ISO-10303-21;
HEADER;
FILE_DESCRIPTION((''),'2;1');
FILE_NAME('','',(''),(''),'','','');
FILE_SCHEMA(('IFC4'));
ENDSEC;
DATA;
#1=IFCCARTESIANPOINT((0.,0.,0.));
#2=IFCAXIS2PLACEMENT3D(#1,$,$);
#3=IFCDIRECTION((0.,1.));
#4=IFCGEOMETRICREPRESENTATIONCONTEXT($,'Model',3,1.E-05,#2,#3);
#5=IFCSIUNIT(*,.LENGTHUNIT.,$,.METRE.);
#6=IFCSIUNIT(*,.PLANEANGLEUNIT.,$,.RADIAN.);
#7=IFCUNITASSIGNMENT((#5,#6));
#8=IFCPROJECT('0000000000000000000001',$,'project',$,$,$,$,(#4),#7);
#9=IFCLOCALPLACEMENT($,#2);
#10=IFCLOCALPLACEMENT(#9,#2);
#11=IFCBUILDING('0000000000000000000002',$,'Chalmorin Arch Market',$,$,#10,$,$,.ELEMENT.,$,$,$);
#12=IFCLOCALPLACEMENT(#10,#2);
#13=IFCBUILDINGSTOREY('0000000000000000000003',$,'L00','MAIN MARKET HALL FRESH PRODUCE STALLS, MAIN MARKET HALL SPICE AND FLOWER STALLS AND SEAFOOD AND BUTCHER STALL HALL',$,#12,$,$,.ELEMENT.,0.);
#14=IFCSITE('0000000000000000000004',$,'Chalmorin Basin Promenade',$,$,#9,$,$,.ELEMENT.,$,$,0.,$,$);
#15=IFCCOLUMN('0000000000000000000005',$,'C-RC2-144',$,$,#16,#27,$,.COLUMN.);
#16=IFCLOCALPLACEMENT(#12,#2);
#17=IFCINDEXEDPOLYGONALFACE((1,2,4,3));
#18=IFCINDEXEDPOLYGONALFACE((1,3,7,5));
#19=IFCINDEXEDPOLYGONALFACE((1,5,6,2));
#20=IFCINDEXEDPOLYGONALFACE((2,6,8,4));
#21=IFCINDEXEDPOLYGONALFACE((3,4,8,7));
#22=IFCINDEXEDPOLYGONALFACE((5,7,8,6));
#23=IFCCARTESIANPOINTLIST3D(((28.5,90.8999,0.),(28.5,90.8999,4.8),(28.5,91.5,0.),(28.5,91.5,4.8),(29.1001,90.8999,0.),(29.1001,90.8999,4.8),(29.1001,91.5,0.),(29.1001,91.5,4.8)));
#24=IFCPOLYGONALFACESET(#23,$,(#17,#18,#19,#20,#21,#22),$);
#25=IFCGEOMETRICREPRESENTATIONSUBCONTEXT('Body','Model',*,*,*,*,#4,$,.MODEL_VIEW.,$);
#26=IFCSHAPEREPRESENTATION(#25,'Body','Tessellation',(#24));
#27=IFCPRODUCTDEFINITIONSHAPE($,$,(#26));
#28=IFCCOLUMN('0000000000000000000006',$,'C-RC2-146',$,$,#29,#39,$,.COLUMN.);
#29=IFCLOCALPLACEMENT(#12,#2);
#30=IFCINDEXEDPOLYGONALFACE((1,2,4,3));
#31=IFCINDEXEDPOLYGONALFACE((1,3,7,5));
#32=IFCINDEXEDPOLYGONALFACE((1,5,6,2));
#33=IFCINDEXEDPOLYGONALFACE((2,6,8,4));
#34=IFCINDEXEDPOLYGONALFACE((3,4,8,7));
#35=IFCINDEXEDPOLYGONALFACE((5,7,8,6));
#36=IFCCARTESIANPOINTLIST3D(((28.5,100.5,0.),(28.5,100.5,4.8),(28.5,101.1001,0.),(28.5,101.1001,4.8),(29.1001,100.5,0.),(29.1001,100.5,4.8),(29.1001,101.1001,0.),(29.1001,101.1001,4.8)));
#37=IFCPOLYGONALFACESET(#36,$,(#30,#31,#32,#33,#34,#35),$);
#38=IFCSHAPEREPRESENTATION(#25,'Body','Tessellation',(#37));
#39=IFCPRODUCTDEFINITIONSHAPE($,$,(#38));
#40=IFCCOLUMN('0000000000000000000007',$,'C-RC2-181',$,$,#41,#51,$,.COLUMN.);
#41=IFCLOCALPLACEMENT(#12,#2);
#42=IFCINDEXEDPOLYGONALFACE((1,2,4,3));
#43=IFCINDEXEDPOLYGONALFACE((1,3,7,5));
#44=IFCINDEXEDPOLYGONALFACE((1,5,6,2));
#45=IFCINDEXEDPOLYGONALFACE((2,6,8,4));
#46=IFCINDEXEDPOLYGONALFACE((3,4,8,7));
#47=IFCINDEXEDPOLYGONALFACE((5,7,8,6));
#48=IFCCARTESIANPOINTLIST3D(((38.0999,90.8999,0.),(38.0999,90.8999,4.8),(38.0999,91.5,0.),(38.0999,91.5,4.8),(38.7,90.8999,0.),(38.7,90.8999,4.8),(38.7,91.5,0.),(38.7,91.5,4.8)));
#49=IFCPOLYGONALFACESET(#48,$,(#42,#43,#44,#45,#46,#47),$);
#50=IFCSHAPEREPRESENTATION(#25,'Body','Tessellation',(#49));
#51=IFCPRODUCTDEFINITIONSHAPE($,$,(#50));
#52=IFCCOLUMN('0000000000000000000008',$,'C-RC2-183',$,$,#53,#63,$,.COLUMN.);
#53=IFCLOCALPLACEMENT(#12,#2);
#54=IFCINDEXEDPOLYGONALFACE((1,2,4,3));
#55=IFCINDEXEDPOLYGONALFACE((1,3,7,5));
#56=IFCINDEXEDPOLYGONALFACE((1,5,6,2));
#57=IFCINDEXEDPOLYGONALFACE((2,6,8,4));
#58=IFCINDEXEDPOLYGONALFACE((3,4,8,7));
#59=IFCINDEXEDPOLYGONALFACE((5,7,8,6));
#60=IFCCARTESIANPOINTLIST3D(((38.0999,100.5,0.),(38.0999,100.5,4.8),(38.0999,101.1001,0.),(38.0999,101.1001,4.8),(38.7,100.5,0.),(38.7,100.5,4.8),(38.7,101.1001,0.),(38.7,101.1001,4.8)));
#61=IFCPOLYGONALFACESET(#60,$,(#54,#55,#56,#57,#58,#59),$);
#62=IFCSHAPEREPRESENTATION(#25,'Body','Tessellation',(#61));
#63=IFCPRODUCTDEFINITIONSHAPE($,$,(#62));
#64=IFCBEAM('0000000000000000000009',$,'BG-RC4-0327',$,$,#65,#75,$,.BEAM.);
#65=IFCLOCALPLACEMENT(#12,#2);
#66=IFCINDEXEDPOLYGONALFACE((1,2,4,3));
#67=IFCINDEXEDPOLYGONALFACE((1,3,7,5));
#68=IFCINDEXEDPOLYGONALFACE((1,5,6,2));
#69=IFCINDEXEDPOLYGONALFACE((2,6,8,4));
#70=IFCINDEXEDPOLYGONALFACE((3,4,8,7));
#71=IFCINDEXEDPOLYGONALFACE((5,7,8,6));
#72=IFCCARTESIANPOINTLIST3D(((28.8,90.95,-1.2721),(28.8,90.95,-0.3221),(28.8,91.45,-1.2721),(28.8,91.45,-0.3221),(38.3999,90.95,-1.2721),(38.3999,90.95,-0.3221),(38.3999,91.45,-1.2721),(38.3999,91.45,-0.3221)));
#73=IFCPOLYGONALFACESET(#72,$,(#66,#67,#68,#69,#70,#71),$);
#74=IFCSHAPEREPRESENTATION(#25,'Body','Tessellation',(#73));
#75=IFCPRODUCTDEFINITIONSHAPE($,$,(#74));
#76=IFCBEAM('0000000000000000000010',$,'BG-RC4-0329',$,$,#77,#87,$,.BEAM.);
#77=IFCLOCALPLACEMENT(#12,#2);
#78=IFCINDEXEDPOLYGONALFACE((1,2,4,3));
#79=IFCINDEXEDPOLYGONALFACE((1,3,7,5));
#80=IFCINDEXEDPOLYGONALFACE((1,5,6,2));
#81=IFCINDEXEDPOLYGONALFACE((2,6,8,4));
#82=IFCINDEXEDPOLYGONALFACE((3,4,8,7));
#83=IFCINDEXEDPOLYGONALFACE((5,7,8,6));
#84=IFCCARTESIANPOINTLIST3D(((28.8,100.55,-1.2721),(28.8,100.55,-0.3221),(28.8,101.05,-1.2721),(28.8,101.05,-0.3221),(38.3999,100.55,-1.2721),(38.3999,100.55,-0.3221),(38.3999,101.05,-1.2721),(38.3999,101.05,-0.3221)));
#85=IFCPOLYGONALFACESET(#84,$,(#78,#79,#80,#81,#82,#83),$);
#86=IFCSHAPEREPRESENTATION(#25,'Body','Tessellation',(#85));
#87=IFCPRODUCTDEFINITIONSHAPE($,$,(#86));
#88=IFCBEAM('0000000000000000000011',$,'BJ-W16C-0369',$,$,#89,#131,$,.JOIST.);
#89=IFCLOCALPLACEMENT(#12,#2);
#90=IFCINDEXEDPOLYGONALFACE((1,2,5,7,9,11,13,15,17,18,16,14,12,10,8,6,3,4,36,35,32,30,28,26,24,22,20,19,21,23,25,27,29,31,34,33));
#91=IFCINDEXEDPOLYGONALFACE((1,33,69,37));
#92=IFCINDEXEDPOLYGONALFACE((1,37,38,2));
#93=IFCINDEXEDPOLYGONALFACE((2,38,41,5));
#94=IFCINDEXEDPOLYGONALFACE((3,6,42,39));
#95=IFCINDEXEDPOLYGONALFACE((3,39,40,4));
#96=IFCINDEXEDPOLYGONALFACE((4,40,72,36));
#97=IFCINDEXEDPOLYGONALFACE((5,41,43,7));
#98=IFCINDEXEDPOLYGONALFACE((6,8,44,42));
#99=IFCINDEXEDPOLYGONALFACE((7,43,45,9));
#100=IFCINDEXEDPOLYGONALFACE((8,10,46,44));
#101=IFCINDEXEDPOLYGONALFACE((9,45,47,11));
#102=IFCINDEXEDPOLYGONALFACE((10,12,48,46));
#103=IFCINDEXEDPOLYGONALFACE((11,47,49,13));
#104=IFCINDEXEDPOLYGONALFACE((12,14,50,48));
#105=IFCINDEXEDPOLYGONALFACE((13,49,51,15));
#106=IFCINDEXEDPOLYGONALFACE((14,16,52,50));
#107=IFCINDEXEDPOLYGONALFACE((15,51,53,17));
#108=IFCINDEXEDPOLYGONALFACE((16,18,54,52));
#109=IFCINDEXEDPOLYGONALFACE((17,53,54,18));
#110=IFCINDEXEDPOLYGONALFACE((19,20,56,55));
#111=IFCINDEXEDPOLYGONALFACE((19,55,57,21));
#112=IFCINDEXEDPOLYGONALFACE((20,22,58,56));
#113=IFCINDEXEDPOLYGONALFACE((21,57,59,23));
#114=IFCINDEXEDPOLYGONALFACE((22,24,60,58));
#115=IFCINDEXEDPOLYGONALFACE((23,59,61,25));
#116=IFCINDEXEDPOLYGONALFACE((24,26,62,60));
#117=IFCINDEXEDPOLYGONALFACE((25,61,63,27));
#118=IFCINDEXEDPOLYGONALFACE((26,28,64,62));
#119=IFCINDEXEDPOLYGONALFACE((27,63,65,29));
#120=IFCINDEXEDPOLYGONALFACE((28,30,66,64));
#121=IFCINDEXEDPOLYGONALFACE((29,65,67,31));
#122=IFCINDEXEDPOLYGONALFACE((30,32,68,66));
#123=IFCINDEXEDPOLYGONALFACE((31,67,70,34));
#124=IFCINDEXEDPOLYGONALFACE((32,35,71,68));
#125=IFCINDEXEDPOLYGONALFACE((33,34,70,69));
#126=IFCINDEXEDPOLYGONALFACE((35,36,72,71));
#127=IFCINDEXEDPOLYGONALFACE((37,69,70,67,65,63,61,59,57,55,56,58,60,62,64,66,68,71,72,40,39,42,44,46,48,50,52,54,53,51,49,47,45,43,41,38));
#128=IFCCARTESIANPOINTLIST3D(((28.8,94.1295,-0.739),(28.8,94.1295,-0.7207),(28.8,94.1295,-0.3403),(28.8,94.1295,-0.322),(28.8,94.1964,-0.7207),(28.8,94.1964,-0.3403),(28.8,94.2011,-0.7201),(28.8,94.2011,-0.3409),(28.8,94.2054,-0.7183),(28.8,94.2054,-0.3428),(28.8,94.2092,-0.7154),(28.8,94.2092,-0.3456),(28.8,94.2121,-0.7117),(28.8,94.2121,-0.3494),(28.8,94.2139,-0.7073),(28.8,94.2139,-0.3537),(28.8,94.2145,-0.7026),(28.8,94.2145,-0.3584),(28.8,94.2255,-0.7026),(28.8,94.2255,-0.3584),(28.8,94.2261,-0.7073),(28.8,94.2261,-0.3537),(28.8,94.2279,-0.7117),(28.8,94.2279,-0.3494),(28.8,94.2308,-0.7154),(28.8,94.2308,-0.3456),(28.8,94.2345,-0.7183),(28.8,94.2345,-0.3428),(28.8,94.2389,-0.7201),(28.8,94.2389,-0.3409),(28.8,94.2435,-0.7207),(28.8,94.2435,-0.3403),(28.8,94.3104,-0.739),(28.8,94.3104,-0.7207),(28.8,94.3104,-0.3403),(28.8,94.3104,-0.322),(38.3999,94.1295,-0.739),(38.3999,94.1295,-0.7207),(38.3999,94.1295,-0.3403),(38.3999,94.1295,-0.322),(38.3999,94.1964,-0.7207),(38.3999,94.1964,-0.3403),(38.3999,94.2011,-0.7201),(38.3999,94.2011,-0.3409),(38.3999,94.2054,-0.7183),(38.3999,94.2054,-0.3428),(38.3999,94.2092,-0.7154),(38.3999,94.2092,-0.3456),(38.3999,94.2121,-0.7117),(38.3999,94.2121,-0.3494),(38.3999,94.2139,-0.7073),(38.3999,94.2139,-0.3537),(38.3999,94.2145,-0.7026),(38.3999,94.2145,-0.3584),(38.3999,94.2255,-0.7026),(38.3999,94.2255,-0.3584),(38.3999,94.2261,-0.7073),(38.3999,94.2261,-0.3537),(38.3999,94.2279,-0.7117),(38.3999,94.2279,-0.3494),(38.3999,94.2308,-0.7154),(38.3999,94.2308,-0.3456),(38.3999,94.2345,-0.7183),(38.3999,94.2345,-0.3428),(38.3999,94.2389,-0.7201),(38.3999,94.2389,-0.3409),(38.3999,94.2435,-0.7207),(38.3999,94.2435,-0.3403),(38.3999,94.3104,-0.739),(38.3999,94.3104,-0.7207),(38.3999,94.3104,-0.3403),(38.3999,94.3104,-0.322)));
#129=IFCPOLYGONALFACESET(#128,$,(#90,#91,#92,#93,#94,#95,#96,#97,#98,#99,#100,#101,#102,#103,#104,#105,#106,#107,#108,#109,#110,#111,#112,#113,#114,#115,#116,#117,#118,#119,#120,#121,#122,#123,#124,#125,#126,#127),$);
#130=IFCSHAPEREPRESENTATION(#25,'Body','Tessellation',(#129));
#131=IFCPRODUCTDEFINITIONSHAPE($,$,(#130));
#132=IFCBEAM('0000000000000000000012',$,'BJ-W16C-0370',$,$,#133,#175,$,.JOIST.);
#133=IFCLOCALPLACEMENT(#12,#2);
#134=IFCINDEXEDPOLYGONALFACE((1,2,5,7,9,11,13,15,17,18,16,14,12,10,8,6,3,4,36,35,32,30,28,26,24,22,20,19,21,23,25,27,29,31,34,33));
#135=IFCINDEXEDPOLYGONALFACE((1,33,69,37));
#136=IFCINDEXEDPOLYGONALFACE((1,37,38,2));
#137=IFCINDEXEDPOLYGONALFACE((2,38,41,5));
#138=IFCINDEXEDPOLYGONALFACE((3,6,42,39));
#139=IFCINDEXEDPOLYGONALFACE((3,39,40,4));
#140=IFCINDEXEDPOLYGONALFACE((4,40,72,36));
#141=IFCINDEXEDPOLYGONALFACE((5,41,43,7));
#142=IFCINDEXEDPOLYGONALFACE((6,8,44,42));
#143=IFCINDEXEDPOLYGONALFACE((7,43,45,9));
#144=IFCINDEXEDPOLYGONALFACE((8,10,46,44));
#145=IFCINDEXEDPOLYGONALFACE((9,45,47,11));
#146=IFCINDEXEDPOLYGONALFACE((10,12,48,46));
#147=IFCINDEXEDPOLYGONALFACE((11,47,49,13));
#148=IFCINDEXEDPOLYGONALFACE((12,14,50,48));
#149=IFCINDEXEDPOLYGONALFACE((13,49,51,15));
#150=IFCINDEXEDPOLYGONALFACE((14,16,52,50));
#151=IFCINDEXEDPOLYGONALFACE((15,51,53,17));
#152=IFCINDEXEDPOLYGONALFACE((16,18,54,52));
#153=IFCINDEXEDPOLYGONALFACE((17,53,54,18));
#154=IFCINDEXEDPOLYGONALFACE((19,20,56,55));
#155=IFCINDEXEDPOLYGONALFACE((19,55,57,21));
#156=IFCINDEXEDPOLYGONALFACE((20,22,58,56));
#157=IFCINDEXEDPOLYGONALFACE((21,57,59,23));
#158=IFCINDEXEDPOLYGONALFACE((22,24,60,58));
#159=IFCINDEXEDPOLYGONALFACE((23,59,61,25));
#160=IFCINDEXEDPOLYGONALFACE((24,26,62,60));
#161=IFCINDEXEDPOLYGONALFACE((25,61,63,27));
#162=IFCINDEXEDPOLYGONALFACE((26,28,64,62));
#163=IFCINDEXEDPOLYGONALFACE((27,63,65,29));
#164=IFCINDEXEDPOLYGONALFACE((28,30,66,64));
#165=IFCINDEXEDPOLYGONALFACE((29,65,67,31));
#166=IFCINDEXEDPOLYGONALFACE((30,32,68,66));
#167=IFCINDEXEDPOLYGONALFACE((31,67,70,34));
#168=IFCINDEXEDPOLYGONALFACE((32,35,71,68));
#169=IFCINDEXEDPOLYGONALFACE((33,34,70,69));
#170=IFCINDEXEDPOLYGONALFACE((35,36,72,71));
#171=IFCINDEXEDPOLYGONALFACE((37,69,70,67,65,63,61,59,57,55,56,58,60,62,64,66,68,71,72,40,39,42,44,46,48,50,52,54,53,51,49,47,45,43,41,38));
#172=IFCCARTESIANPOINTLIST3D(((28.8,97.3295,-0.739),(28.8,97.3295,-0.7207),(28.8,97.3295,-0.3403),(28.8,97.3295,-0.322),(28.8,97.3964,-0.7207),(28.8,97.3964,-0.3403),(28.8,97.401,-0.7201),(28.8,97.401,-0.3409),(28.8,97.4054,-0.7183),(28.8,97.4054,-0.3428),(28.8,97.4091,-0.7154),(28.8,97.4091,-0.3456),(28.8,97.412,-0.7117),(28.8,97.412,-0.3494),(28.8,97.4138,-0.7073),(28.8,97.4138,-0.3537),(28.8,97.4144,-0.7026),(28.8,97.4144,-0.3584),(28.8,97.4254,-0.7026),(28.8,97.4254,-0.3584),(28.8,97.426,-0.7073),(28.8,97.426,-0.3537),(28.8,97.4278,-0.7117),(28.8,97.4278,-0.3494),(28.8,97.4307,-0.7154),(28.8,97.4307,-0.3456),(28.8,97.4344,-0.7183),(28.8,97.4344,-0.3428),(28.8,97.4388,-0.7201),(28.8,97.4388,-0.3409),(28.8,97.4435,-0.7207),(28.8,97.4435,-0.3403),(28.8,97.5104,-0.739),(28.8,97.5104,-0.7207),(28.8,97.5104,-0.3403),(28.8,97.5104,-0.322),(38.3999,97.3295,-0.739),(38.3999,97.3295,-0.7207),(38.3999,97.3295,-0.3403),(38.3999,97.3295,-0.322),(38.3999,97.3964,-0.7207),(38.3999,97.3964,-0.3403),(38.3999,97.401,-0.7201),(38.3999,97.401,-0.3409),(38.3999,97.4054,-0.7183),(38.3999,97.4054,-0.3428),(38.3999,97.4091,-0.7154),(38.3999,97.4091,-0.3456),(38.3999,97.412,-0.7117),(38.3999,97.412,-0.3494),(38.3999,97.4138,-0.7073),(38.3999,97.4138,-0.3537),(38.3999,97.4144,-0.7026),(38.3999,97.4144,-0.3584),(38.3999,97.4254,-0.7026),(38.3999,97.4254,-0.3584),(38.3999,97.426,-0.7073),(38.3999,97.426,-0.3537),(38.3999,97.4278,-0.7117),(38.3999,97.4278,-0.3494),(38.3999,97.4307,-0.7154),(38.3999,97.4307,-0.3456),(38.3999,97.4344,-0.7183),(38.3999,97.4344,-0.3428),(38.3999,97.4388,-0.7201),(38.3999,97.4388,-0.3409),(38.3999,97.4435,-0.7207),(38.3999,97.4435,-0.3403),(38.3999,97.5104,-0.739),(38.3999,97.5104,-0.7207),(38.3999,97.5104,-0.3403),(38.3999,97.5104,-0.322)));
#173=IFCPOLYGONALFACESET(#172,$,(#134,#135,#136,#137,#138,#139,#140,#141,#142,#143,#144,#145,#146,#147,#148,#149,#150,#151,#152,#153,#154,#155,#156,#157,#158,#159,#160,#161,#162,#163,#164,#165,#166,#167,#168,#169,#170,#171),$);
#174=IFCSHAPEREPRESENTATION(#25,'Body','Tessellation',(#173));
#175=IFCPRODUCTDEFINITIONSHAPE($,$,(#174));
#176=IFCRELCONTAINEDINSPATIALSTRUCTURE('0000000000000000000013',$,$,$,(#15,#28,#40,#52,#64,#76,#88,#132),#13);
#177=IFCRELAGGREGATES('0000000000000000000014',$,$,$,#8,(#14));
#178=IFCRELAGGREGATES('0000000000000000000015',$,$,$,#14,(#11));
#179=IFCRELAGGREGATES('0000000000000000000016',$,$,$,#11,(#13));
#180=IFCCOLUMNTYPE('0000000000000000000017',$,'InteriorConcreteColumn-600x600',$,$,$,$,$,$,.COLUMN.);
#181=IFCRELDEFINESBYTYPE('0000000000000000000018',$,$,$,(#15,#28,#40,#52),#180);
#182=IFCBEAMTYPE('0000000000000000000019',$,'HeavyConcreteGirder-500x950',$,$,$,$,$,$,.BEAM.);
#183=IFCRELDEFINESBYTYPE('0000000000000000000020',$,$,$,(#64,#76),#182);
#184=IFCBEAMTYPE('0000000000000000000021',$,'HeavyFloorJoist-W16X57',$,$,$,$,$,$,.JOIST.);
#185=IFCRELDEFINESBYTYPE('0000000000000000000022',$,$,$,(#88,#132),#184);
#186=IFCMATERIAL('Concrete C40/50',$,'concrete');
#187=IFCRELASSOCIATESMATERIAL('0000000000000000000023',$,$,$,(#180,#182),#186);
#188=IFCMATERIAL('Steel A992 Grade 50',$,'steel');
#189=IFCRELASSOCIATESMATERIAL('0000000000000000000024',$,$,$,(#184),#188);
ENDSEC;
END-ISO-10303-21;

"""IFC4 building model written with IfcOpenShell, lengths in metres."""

from ifc_helpers import new_model, si_unit, direction, frame, origin, origin_2d, place, context, subcontext, project, spatial, rectangle, i_section, extrude, material, material_profile, profile_set, type_object, element, save


model = new_model("IFC4")

# Units and contexts
model_context = context("Model", 3, precision=1e-05, world=origin(), true_north=direction((0.0, 1.0)))
body_context = subcontext(model_context, "Body", "Model", "MODEL_VIEW")
ifc_project = project(units=[si_unit("LENGTHUNIT", "METRE"), si_unit("PLANEANGLEUNIT", "RADIAN")], contexts=[model_context])

# Site, building, storey
site_placement = place(None, origin())
site = spatial("IfcSite", under=ifc_project, at=site_placement, Name="Chalmorin Basin Promenade", CompositionType="ELEMENT", RefElevation=0.0)
building_placement = place(site_placement, origin())
building = spatial("IfcBuilding", under=site, at=building_placement, Name="Chalmorin Arch Market", CompositionType="ELEMENT")
storey_placement = place(building_placement, origin())
storey = spatial("IfcBuildingStorey", under=building, at=storey_placement, Name="L00", Description="MAIN MARKET HALL FRESH PRODUCE STALLS, MAIN MARKET HALL SPICE AND FLOWER STALLS AND SEAFOOD AND BUTCHER STALL HALL", CompositionType="ELEMENT", Elevation=0.0)

# Columns
ifc_material_1 = material(Name="Concrete C40/50", Category="concrete")
ifc_material_profile_1 = material_profile(ifc_material_1, rectangle(XDim=0.6001, YDim=0.6001, at=origin_2d()), Name="RC600X600")
ifc_profile_set_1 = profile_set([ifc_material_profile_1], Name="Concrete C40/50")
column_type = type_object("IfcColumnType", Name="InteriorConcreteColumn-600x600", PredefinedType="COLUMN", material=ifc_profile_set_1)
for number, where, z_axis, x_axis, name in (
    (1, (28.8, 91.2, 0.0), (0.0, 0.0, 1.0), (1.0, 0.0, 0.0), "C-RC2-144"),
    (2, (28.8, 100.8, 0.0), (0.0, 0.0, 1.0), (1.0, 0.0, 0.0), "C-RC2-146"),
    (3, (38.3999, 91.2, 0.0), (0.0, 0.0, 1.0), (1.0, 0.0, 0.0), "C-RC2-181"),
    (4, (38.3999, 100.8, 0.0), (0.0, 0.0, 1.0), (1.0, 0.0, 0.0), "C-RC2-183"),
):
    element("IfcColumn", number, at=place(storey_placement, frame(where, z_axis=z_axis, x_axis=x_axis)), inside=storey, type_object=column_type, Name=name, PredefinedType="COLUMN", context=body_context, shape_type="SweptSolid", body=[
        extrude(rectangle(XDim=0.6001, YDim=0.6001, at=origin_2d()), origin(), (0.0, 0.0, 1.0), 4.8),
    ])

# Beams
ifc_material_profile_2 = material_profile(ifc_material_1, rectangle(XDim=0.5, YDim=0.95, at=origin_2d()), Name="RC500X950")
ifc_profile_set_2 = profile_set([ifc_material_profile_2], Name="Concrete C40/50")
beam_type_1 = type_object("IfcBeamType", Name="HeavyConcreteGirder-500x950", PredefinedType="BEAM", material=ifc_profile_set_2)
for number, where, z_axis, x_axis, name in (
    (5, (28.8, 91.2, -0.7971), (1.0, 0.0, 0.0), (0.0, 1.0, 0.0), "BG-RC4-0327"),
    (6, (28.8, 100.8, -0.7971), (1.0, 0.0, 0.0), (0.0, 1.0, 0.0), "BG-RC4-0329"),
):
    element("IfcBeam", number, at=place(storey_placement, frame(where, z_axis=z_axis, x_axis=x_axis)), inside=storey, type_object=beam_type_1, Name=name, PredefinedType="BEAM", context=body_context, shape_type="SweptSolid", body=[
        extrude(rectangle(XDim=0.5, YDim=0.95, at=origin_2d()), origin(), (0.0, 0.0, 1.0), 9.5999),
    ])
ifc_material_2 = material(Name="Steel A992 Grade 50", Category="steel")
ifc_material_profile_3 = material_profile(ifc_material_2, i_section(OverallWidth=0.1809, OverallDepth=0.417, WebThickness=0.011, FlangeThickness=0.0183, FilletRadius=0.0181, at=origin_2d()), Name="W16X57")
ifc_profile_set_3 = profile_set([ifc_material_profile_3], Name="Steel A992 Grade 50")
beam_type_2 = type_object("IfcBeamType", Name="HeavyFloorJoist-W16X57", PredefinedType="JOIST", material=ifc_profile_set_3)
for number, where, z_axis, x_axis, name in (
    (7, (28.8, 94.22, -0.5305), (1.0, 0.0, 0.0), (0.0, 1.0, 0.0), "BJ-W16C-0369"),
    (8, (28.8, 97.4199, -0.5305), (1.0, 0.0, 0.0), (0.0, 1.0, 0.0), "BJ-W16C-0370"),
):
    element("IfcBeam", number, at=place(storey_placement, frame(where, z_axis=z_axis, x_axis=x_axis)), inside=storey, type_object=beam_type_2, Name=name, PredefinedType="JOIST", context=body_context, shape_type="SweptSolid", body=[
        extrude(i_section(OverallWidth=0.1809, OverallDepth=0.417, WebThickness=0.011, FlangeThickness=0.0183, FilletRadius=0.0181, at=origin_2d()), origin(), (0.0, 0.0, 1.0), 9.5999),
    ])

save(model, "model.ifc")
